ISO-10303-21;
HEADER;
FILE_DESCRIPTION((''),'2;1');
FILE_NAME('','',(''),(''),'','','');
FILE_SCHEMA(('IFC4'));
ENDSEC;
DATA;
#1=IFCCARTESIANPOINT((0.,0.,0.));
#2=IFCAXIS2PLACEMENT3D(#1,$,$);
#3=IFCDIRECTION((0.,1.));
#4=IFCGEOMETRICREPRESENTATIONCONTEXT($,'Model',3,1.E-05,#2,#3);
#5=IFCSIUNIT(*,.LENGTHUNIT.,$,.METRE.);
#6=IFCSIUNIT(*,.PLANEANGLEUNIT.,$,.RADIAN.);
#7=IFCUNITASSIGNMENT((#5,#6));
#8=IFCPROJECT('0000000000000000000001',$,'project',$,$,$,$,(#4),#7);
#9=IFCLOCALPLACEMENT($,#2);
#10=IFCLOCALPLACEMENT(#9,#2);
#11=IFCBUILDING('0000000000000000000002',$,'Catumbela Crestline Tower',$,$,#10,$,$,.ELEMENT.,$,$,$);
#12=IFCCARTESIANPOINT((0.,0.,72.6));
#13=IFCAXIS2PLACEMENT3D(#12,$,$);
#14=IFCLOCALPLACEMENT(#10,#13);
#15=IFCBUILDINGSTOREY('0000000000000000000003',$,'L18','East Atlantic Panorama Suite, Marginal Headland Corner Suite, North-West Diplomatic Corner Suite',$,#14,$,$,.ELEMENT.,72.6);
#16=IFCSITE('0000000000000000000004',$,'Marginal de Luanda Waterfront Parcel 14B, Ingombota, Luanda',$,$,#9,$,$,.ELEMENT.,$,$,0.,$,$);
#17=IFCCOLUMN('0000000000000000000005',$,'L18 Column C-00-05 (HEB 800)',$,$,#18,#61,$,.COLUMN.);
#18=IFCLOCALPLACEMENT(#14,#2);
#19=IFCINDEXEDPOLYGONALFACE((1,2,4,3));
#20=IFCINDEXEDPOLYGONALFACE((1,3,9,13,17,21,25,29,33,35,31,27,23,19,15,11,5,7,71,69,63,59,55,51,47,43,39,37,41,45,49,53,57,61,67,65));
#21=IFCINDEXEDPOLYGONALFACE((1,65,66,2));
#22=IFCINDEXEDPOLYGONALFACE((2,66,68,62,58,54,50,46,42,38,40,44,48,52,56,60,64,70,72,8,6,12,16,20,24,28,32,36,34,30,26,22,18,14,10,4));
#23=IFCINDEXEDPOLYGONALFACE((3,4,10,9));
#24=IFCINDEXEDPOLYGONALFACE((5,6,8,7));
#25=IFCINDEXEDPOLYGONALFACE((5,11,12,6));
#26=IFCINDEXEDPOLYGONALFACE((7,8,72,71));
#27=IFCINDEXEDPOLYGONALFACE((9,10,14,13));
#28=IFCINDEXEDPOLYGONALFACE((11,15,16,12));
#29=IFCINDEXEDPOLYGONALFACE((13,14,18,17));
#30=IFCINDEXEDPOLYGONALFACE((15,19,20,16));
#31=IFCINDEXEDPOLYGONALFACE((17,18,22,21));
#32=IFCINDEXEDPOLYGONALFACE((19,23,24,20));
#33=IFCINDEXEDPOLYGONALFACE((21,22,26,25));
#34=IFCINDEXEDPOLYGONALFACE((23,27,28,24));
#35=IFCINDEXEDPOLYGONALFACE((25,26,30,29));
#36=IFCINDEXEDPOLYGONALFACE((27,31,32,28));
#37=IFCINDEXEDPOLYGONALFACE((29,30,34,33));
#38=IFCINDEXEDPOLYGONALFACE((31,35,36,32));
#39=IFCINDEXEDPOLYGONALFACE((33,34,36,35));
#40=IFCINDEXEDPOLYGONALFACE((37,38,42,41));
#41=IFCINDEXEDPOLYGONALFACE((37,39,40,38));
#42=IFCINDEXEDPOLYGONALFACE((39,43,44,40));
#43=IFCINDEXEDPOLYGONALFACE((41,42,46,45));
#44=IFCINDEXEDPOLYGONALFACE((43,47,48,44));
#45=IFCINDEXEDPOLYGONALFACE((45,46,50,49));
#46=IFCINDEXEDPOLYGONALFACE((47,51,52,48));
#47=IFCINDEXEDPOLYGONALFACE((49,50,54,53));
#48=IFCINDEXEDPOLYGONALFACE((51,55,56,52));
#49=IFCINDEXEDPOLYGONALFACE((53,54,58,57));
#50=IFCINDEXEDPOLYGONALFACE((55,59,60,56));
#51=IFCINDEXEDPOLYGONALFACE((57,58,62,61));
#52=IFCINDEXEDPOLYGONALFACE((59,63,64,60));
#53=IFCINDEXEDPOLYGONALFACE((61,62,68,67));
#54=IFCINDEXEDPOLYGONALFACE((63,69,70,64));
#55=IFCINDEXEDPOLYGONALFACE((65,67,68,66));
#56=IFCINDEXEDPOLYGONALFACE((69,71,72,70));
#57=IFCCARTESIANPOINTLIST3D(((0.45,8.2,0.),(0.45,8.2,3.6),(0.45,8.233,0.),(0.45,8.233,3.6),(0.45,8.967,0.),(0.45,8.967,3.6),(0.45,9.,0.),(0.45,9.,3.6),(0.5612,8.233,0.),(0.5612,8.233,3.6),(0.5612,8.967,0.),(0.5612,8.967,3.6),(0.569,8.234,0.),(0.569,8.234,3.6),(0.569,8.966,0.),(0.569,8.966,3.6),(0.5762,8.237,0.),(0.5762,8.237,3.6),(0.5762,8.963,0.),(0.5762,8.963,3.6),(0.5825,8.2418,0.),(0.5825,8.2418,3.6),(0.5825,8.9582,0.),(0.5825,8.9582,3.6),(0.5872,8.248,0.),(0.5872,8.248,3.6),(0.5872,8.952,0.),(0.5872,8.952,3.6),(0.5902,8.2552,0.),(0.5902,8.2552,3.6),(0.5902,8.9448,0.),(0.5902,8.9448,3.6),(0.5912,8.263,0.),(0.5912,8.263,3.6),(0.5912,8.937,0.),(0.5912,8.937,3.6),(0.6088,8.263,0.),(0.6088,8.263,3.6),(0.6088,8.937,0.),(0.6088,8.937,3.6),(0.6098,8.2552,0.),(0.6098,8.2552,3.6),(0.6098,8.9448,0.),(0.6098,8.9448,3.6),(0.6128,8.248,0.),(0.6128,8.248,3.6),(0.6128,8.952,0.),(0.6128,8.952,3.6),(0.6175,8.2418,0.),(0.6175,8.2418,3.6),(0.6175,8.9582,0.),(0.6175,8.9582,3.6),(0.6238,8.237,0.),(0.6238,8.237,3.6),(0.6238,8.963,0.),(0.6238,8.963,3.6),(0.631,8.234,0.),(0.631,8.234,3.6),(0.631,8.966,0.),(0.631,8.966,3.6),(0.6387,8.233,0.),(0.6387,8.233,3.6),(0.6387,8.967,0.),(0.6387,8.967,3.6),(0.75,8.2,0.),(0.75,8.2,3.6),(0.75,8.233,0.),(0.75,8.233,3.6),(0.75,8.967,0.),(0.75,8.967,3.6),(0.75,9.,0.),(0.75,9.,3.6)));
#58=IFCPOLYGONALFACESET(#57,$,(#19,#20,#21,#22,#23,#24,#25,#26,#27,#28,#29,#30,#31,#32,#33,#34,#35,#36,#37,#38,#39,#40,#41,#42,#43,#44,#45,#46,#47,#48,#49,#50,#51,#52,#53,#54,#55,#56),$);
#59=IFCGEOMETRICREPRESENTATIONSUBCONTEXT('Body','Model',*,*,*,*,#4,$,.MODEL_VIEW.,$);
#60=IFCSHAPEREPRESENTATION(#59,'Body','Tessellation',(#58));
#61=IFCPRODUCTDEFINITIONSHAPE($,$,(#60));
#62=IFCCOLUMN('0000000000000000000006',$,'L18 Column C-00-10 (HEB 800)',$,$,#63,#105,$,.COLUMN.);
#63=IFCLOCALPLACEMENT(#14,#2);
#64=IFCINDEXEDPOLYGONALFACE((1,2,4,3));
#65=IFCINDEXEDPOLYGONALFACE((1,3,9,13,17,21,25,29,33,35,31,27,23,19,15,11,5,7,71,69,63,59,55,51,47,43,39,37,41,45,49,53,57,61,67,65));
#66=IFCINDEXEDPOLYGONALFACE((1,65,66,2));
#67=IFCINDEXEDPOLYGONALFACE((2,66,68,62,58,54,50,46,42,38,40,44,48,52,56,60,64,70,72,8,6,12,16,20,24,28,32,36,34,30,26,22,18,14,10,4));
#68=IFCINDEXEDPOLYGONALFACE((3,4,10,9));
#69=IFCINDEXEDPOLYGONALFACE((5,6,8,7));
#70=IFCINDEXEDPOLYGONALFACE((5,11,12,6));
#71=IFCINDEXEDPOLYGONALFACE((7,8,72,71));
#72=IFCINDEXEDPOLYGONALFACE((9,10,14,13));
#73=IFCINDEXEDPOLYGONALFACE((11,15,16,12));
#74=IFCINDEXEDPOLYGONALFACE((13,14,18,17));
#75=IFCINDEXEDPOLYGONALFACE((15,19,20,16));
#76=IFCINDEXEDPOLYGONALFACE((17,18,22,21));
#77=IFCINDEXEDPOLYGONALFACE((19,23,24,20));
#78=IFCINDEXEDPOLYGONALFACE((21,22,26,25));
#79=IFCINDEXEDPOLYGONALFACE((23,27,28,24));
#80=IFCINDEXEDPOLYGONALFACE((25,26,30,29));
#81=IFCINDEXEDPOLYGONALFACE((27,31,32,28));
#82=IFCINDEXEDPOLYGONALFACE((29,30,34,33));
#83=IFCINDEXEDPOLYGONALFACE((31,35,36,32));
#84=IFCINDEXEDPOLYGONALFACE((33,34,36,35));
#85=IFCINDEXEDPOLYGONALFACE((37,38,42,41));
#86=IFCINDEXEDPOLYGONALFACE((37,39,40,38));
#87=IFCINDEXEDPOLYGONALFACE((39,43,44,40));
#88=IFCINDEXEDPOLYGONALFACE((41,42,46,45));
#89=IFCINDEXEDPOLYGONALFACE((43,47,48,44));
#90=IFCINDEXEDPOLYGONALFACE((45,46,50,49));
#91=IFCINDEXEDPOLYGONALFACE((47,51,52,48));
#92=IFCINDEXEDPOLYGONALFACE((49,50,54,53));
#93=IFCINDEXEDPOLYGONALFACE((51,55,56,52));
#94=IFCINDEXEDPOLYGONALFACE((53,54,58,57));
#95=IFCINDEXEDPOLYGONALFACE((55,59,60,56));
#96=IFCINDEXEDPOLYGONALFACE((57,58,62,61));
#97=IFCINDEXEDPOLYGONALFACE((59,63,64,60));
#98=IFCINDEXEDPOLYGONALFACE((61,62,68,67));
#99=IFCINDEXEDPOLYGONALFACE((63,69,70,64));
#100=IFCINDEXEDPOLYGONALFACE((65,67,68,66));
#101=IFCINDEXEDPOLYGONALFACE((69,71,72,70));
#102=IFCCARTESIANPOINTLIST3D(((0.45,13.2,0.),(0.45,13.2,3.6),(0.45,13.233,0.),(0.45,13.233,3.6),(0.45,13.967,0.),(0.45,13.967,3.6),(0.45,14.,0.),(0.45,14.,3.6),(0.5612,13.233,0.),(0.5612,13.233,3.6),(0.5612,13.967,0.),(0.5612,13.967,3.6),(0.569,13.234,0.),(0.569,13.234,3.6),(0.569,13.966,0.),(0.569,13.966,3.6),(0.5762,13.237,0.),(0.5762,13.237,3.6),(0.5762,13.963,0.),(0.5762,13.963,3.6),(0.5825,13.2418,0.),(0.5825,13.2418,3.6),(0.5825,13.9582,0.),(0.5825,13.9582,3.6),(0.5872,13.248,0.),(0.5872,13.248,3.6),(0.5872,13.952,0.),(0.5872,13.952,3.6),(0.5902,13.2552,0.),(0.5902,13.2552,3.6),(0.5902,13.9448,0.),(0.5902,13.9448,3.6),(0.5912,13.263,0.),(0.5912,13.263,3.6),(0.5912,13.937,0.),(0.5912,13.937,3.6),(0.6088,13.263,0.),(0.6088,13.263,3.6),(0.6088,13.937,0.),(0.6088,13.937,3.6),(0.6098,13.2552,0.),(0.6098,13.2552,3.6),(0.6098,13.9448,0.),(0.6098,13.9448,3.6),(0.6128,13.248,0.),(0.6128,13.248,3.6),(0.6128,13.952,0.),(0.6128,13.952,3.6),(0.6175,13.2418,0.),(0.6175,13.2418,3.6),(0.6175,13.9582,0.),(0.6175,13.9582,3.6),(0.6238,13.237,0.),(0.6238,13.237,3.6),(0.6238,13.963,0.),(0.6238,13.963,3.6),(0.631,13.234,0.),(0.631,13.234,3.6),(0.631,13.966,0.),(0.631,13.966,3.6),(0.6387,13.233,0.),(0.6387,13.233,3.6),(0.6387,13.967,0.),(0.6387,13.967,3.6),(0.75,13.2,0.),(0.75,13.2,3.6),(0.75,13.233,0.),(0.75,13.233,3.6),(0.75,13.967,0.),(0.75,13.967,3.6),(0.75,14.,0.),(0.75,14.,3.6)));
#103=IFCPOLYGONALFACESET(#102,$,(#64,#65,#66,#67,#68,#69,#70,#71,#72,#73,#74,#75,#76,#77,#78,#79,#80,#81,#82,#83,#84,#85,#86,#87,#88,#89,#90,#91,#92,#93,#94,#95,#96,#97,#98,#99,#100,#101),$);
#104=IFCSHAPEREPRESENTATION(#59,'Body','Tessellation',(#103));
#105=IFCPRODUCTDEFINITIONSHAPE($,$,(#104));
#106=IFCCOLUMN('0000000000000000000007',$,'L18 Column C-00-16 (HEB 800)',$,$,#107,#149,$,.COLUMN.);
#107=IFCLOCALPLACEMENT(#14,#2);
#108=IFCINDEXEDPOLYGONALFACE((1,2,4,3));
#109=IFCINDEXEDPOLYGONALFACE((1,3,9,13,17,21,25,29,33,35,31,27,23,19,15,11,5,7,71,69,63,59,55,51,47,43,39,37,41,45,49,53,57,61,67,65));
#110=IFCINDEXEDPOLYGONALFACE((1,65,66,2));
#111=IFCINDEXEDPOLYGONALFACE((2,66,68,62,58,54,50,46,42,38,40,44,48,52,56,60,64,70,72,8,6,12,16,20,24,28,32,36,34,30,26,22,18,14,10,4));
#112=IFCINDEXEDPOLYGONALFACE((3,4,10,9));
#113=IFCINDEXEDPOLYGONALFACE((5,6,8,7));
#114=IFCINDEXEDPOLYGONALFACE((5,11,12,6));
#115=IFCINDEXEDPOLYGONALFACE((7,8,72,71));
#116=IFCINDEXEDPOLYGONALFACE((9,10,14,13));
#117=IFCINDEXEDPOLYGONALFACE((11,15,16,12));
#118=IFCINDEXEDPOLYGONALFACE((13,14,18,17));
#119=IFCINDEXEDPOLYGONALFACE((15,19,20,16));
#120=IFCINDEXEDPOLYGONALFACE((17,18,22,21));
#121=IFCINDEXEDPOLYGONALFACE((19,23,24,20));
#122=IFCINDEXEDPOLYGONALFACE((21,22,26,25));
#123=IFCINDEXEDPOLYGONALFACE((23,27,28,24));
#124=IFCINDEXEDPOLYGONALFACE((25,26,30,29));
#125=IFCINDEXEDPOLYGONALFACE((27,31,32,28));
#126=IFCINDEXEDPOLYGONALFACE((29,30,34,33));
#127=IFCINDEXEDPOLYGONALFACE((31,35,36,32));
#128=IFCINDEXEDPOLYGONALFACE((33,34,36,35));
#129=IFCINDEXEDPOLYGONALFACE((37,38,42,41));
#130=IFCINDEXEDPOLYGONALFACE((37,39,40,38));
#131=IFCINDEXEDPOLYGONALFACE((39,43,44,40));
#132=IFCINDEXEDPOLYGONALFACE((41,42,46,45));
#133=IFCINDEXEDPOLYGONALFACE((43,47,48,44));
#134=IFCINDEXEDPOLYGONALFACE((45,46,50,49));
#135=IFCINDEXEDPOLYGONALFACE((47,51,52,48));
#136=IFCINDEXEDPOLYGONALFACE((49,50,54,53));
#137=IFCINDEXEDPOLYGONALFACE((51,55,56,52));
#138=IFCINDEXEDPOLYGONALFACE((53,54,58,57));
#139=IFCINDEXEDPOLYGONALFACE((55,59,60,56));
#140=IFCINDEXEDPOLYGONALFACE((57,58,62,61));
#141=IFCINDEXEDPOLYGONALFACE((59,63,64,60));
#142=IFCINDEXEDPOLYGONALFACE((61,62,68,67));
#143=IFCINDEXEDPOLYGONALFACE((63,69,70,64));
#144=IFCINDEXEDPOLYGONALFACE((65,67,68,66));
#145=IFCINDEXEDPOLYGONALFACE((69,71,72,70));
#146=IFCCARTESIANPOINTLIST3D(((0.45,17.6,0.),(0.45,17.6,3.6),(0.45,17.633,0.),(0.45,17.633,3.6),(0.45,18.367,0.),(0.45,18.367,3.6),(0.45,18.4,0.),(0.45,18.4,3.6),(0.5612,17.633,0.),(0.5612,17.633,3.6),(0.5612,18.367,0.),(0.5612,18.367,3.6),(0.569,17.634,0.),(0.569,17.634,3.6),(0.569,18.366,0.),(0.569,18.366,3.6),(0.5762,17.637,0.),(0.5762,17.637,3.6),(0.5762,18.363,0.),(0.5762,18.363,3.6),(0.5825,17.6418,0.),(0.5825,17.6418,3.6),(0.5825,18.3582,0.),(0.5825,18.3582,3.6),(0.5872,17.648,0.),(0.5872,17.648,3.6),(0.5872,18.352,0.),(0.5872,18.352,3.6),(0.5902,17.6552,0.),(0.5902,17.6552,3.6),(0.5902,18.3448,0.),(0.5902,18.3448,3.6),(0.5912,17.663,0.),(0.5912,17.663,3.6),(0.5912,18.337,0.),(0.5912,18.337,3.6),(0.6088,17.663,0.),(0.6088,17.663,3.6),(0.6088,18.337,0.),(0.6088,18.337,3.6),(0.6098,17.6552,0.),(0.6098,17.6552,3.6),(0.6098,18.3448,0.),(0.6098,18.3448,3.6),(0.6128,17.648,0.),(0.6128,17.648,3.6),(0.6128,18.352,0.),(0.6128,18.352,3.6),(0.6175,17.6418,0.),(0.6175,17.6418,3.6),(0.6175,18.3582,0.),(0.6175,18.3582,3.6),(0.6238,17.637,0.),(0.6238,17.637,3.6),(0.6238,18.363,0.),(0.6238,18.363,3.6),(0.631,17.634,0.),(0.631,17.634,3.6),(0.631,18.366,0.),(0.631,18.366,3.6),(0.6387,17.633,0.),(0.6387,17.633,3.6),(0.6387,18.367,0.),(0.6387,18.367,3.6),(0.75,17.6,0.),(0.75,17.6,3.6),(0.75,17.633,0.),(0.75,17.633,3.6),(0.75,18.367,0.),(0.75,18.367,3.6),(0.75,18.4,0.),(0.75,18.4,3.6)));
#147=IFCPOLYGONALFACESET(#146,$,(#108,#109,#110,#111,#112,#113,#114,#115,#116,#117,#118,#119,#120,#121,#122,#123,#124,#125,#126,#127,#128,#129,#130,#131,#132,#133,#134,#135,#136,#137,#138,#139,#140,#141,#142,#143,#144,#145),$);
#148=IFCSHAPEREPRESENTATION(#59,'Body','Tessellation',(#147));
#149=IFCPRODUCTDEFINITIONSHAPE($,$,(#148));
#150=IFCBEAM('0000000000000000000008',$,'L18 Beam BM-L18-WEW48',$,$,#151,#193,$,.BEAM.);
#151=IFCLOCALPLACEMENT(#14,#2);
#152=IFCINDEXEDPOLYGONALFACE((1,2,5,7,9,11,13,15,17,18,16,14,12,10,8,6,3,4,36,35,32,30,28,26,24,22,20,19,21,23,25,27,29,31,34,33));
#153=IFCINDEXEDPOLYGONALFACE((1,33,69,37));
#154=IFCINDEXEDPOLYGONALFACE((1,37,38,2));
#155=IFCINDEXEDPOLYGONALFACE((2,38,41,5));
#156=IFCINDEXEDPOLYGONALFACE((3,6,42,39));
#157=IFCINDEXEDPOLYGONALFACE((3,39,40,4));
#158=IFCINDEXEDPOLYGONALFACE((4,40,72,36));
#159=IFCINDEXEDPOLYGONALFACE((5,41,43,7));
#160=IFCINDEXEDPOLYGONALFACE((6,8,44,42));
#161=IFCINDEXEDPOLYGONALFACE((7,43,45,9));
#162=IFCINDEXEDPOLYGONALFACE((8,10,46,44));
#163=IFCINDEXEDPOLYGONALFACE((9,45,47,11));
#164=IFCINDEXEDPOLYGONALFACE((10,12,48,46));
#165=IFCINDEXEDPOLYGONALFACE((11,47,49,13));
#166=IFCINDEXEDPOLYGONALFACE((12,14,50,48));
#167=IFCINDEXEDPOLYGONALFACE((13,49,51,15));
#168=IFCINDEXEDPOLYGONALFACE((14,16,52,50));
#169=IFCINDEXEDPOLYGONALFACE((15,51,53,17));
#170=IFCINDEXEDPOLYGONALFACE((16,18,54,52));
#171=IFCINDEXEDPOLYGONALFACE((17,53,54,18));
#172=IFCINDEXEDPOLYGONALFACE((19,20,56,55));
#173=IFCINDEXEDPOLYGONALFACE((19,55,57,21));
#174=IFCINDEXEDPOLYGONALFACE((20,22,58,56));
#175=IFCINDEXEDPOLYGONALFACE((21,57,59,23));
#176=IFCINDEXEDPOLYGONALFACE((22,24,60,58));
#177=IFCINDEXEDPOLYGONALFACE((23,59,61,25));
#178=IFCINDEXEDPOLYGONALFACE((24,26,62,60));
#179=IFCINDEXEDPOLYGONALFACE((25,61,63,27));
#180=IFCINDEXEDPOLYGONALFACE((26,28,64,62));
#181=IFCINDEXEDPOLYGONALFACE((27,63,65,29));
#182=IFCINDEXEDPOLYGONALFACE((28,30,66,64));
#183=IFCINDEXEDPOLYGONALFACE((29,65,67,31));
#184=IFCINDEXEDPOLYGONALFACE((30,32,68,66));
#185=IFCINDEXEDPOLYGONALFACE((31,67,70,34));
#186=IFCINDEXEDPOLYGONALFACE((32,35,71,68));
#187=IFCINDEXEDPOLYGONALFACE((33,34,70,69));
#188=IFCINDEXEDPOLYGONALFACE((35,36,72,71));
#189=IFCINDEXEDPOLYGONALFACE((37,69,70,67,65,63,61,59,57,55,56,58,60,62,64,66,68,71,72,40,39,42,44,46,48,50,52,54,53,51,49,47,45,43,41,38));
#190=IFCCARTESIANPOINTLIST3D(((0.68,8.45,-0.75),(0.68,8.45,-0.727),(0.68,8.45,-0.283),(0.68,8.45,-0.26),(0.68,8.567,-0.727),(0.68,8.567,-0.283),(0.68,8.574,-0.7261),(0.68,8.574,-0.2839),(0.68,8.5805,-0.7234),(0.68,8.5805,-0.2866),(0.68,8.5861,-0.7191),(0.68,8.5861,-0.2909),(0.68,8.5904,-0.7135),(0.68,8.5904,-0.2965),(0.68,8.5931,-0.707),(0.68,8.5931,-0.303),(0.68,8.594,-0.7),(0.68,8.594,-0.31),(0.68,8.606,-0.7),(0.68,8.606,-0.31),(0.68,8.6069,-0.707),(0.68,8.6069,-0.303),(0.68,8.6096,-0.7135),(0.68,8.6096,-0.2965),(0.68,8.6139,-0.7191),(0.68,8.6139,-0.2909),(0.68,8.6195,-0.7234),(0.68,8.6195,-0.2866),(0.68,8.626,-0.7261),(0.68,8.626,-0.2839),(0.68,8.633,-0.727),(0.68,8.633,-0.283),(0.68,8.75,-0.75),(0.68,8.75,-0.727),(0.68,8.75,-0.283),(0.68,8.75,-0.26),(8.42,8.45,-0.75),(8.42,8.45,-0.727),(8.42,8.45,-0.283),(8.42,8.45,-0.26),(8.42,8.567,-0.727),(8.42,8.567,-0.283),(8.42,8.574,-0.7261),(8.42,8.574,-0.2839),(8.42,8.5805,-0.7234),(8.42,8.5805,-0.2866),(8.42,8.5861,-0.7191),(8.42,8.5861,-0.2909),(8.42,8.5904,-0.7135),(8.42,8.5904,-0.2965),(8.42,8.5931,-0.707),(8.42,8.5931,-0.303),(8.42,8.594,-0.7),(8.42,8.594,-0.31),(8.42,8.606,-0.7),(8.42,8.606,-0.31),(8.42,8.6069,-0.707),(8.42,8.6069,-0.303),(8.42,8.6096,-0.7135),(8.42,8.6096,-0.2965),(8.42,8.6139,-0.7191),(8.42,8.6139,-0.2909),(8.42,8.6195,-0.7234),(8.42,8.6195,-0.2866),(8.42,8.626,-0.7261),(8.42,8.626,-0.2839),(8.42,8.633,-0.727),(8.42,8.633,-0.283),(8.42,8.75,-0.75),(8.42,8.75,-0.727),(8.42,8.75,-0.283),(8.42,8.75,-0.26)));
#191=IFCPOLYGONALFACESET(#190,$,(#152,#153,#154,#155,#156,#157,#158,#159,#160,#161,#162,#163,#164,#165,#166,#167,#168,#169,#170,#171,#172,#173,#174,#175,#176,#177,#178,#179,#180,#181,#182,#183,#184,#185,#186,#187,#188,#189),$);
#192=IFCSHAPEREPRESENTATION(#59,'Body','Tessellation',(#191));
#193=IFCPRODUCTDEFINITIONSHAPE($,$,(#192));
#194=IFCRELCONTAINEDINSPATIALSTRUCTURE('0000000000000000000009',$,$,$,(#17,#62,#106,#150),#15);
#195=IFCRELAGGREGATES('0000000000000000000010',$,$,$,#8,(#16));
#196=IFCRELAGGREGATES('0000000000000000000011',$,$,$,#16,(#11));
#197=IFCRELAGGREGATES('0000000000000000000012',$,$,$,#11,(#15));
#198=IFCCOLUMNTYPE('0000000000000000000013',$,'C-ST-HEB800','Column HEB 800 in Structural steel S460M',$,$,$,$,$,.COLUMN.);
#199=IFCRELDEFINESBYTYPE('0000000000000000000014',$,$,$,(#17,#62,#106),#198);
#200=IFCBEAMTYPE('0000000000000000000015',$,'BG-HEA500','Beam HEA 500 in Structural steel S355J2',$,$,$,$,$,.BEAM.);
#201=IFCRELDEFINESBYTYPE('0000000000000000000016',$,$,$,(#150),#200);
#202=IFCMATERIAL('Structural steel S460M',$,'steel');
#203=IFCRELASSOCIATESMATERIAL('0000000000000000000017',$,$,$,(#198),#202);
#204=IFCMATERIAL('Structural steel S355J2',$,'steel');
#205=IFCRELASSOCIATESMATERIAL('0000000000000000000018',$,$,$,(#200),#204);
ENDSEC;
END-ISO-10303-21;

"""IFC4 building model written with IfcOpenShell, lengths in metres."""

from ifc_helpers import new_model, si_unit, direction, frame, origin, origin_2d, place, context, subcontext, project, spatial, i_section, extrude, material, material_profile, profile_set, type_object, element, save


model = new_model("IFC4")

# Units and contexts
model_context = context("Model", 3, precision=1e-05, world=origin(), true_north=direction((0.0, 1.0)))
body_context = subcontext(model_context, "Body", "Model", "MODEL_VIEW")
ifc_project = project(units=[si_unit("LENGTHUNIT", "METRE"), si_unit("PLANEANGLEUNIT", "RADIAN")], contexts=[model_context])

# Site, building, storey
site_placement = place(None, origin())
site = spatial("IfcSite", under=ifc_project, at=site_placement, Name="Marginal de Luanda Waterfront Parcel 14B, Ingombota, Luanda", CompositionType="ELEMENT", RefElevation=0.0)
building_placement = place(site_placement, origin())
building = spatial("IfcBuilding", under=site, at=building_placement, Name="Catumbela Crestline Tower", CompositionType="ELEMENT")
storey_placement = place(building_placement, frame((0.0, 0.0, 72.6)))
storey = spatial("IfcBuildingStorey", under=building, at=storey_placement, Name="L18", Description="East Atlantic Panorama Suite, Marginal Headland Corner Suite, North-West Diplomatic Corner Suite", CompositionType="ELEMENT", Elevation=72.6)

# Columns
ifc_material_1 = material(Name="Structural steel S460M", Category="steel")
ifc_material_profile_1 = material_profile(ifc_material_1, i_section(OverallWidth=0.3, OverallDepth=0.8, WebThickness=0.0175, FlangeThickness=0.033, FilletRadius=0.03, at=origin_2d()), Name="HEB 800")
ifc_profile_set_1 = profile_set([ifc_material_profile_1], Name="Structural steel S460M")
column_type = type_object("IfcColumnType", Name="C-ST-HEB800", Description="Column HEB 800 in Structural steel S460M", PredefinedType="COLUMN", material=ifc_profile_set_1)
for number, where, z_axis, x_axis, name in (
    (1, (0.6, 8.6, 0.0), (0.0, 0.0, 1.0), (1.0, 0.0, 0.0), "L18 Column C-00-05 (HEB 800)"),
    (2, (0.6, 13.6, 0.0), (0.0, 0.0, 1.0), (1.0, 0.0, 0.0), "L18 Column C-00-10 (HEB 800)"),
    (3, (0.6, 18.0, 0.0), (0.0, 0.0, 1.0), (1.0, 0.0, 0.0), "L18 Column C-00-16 (HEB 800)"),
):
    element("IfcColumn", number, at=place(storey_placement, frame(where, z_axis=z_axis, x_axis=x_axis)), inside=storey, type_object=column_type, Name=name, PredefinedType="COLUMN", context=body_context, shape_type="SweptSolid", body=[
        extrude(i_section(OverallWidth=0.3, OverallDepth=0.8, WebThickness=0.0175, FlangeThickness=0.033, FilletRadius=0.03, at=origin_2d()), origin(), (0.0, 0.0, 1.0), 3.6),
    ])

# Beam
ifc_material_2 = material(Name="Structural steel S355J2", Category="steel")
ifc_material_profile_2 = material_profile(ifc_material_2, i_section(OverallWidth=0.3, OverallDepth=0.49, WebThickness=0.012, FlangeThickness=0.023, FilletRadius=0.027, at=origin_2d()), Name="HEA 500")
ifc_profile_set_2 = profile_set([ifc_material_profile_2], Name="Structural steel S355J2")
beam_type_1 = type_object("IfcBeamType", Name="BG-HEA500", Description="Beam HEA 500 in Structural steel S355J2", PredefinedType="BEAM", material=ifc_profile_set_2)
for number, where, z_axis, x_axis, name in (
    (4, (0.68, 8.6, -0.505), (1.0, 0.0, 0.0), (0.0, 1.0, 0.0), "L18 Beam BM-L18-WEW48"),
):
    element("IfcBeam", number, at=place(storey_placement, frame(where, z_axis=z_axis, x_axis=x_axis)), inside=storey, type_object=beam_type_1, Name=name, PredefinedType="BEAM", context=body_context, shape_type="SweptSolid", body=[
        extrude(i_section(OverallWidth=0.3, OverallDepth=0.49, WebThickness=0.012, FlangeThickness=0.023, FilletRadius=0.027, at=origin_2d()), origin(), (0.0, 0.0, 1.0), 7.74),
    ])

save(model, "model.ifc")
